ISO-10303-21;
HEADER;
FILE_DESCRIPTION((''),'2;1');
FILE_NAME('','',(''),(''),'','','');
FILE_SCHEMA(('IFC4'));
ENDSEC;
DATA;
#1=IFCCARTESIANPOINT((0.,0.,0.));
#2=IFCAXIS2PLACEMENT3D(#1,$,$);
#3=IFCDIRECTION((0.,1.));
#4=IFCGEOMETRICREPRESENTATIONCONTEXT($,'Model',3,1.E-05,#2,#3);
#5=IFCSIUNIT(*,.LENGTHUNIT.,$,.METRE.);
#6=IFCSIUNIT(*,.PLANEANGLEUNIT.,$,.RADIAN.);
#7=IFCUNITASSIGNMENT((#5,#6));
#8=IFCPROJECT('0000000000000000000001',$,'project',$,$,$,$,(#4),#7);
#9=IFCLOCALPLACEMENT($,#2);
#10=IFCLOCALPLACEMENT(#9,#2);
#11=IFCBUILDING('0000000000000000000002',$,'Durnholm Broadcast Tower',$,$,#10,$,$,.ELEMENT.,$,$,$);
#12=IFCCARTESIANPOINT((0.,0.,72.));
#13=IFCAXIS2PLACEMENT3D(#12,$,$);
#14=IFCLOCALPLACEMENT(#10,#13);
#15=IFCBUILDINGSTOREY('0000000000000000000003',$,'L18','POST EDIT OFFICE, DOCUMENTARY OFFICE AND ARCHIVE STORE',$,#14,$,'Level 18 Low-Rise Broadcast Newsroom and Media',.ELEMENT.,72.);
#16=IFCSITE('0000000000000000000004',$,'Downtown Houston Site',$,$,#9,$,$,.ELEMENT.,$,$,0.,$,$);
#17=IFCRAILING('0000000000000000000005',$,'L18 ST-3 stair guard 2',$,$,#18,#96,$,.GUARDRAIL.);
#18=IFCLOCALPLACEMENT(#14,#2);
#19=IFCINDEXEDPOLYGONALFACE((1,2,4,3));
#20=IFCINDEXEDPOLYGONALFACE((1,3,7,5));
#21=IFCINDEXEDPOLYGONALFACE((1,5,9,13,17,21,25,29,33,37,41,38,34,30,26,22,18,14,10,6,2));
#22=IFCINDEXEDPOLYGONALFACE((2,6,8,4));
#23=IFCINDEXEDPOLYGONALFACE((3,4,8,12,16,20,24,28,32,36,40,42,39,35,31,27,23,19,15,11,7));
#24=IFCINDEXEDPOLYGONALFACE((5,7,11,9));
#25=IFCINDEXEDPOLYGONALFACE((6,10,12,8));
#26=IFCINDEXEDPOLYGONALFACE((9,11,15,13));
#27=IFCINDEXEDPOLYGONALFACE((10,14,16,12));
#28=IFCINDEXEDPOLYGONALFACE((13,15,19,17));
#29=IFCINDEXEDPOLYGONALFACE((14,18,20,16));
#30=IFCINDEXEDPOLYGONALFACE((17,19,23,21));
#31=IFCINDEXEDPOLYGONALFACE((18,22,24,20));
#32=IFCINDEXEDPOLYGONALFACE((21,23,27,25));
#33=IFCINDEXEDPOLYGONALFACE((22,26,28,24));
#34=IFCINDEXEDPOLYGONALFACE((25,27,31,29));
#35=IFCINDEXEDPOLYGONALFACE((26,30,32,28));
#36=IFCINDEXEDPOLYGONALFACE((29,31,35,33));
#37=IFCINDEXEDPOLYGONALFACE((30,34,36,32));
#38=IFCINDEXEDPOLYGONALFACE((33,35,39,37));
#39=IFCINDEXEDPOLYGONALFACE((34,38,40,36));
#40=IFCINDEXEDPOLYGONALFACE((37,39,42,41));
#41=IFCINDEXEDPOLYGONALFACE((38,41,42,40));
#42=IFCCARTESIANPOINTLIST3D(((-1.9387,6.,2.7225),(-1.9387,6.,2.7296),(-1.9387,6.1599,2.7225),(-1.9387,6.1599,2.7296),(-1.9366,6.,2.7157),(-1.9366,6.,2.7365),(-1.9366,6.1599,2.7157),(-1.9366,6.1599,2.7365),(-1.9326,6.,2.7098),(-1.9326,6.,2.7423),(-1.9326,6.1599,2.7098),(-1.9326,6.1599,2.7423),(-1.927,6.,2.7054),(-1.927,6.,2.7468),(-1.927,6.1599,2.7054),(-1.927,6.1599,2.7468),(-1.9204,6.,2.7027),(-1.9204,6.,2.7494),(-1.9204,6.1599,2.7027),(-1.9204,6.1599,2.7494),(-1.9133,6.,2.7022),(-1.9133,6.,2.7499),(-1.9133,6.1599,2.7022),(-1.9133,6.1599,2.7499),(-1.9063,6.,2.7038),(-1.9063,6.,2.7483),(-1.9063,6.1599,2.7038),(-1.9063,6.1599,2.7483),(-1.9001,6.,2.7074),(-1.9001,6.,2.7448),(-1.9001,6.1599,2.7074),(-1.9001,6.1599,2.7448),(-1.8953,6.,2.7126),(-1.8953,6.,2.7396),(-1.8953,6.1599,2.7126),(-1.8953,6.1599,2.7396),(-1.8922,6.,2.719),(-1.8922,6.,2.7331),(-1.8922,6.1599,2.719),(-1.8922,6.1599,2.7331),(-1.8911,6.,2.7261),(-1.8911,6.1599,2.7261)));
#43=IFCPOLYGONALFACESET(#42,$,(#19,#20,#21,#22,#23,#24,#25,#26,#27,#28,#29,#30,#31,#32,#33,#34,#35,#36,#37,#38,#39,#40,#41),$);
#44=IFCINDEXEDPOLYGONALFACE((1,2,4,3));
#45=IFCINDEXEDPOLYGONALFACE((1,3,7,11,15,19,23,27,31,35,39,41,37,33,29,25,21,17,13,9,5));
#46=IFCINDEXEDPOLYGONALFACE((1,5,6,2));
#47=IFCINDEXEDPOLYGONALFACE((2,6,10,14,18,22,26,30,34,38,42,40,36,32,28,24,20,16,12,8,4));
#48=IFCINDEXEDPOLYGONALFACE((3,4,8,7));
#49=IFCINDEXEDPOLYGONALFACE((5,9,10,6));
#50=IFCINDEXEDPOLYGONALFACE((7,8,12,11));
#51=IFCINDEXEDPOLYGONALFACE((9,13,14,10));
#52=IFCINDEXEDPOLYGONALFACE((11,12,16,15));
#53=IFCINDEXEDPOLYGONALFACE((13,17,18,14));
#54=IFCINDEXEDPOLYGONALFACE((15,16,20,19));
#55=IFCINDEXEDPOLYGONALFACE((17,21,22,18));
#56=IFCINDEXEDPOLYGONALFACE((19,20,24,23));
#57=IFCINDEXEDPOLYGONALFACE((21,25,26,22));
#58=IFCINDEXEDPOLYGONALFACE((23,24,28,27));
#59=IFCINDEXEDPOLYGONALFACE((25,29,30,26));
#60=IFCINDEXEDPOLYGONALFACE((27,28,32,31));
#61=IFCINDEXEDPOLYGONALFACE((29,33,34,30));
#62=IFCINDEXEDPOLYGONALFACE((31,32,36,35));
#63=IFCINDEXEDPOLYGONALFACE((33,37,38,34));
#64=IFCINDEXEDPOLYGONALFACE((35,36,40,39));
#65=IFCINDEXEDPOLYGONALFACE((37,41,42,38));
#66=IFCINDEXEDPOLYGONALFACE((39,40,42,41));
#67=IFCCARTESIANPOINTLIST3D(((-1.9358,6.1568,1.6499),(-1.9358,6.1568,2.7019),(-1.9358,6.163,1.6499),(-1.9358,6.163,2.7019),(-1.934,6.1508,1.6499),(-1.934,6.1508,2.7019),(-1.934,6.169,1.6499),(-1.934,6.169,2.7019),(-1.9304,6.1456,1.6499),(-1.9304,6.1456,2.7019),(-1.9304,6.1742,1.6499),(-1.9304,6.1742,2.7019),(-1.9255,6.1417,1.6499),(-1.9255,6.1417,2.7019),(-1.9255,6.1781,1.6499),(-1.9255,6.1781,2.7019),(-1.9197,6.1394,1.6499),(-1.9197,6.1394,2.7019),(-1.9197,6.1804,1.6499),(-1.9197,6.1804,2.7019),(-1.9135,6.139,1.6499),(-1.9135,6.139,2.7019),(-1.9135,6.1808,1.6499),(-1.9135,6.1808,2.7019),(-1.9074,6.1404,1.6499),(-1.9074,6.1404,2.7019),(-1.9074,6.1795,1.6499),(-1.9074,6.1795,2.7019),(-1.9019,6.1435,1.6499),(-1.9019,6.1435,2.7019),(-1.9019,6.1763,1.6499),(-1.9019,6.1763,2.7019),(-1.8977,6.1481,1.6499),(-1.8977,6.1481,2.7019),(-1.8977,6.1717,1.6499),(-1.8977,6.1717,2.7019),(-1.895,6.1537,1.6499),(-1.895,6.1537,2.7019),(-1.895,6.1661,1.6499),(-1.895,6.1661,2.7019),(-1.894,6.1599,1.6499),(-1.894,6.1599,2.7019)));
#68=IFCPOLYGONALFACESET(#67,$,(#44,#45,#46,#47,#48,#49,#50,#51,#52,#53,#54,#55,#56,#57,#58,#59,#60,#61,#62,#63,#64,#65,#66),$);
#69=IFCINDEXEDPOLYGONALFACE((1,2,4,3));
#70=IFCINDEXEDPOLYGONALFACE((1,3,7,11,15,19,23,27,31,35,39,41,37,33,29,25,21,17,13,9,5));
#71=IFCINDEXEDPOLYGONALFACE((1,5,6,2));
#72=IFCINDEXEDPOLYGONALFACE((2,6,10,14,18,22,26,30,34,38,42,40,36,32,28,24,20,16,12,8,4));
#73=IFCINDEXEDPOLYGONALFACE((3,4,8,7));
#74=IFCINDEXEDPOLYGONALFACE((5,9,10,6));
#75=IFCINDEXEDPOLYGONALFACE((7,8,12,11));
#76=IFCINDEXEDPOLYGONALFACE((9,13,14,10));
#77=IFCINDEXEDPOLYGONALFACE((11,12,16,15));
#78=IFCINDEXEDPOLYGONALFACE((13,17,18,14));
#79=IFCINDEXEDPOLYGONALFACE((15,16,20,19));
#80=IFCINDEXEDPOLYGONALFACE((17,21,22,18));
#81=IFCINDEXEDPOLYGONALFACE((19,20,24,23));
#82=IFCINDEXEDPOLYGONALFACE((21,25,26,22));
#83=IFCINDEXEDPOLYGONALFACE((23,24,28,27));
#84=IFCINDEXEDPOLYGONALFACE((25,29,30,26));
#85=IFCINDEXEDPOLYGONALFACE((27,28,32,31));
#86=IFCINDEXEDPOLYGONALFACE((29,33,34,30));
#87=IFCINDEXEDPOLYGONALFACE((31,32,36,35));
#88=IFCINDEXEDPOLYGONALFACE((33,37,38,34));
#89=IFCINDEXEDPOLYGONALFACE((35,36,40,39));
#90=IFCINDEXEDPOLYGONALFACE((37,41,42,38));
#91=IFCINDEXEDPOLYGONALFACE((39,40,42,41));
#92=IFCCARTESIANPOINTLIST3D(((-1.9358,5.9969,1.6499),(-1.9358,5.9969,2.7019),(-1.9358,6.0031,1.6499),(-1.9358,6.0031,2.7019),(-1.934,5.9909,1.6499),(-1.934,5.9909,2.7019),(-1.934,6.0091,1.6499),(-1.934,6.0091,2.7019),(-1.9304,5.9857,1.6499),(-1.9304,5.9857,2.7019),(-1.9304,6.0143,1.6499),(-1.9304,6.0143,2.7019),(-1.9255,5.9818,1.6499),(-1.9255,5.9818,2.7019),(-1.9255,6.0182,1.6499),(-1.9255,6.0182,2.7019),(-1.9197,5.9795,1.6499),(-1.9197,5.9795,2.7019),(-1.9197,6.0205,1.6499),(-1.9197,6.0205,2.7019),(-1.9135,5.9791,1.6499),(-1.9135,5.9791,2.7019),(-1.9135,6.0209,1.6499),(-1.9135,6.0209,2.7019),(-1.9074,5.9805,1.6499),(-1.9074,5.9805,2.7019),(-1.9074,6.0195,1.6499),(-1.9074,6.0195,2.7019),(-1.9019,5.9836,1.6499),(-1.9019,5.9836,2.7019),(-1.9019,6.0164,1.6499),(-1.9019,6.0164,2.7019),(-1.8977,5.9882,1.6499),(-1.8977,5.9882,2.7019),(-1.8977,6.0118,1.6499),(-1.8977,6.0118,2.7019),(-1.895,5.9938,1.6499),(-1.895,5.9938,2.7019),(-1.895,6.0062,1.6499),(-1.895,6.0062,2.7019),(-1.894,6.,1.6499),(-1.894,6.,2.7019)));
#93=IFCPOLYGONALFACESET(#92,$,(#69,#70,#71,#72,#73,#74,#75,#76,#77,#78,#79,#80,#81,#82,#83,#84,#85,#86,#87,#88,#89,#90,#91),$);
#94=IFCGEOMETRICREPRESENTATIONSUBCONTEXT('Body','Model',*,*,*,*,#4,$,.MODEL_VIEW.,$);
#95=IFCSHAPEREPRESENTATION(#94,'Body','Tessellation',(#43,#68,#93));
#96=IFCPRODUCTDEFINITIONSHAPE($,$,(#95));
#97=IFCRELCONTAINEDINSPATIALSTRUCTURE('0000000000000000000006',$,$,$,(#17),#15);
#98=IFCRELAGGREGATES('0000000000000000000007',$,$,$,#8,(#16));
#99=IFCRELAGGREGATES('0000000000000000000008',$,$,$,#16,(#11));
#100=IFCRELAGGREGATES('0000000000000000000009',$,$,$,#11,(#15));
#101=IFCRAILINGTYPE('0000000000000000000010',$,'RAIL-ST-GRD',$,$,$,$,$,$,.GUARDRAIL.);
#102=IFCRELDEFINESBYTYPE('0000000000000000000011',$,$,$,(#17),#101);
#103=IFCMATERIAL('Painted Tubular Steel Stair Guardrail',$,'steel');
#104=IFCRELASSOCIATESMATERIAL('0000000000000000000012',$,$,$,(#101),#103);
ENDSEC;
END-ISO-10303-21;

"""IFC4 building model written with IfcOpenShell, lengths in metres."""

from ifc_helpers import new_model, si_unit, direction, frame, origin, origin_2d, place, context, subcontext, project, spatial, circle, extrude, material, type_object, element, save


model = new_model("IFC4")

# Units and contexts
model_context = context("Model", 3, precision=1e-05, world=origin(), true_north=direction((0.0, 1.0)))
body_context = subcontext(model_context, "Body", "Model", "MODEL_VIEW")
ifc_project = project(units=[si_unit("LENGTHUNIT", "METRE"), si_unit("PLANEANGLEUNIT", "RADIAN")], contexts=[model_context])

# Site, building, storey
site_placement = place(None, origin())
site = spatial("IfcSite", under=ifc_project, at=site_placement, Name="Downtown Houston Site", CompositionType="ELEMENT", RefElevation=0.0)
building_placement = place(site_placement, origin())
building = spatial("IfcBuilding", under=site, at=building_placement, Name="Durnholm Broadcast Tower", CompositionType="ELEMENT")
storey_placement = place(building_placement, frame((0.0, 0.0, 72.0)))
storey = spatial("IfcBuildingStorey", under=building, at=storey_placement, Name="L18", Description="POST EDIT OFFICE, DOCUMENTARY OFFICE AND ARCHIVE STORE", LongName="Level 18 Low-Rise Broadcast Newsroom and Media", CompositionType="ELEMENT", Elevation=72.0)

# Railing
ifc_material_1 = material(Name="Painted Tubular Steel Stair Guardrail", Category="steel")
railing_type_1 = type_object("IfcRailingType", Name="RAIL-ST-GRD", PredefinedType="GUARDRAIL", material=ifc_material_1)
railing_1_placement = place(storey_placement, frame((-1.915, 6.1599, 1.6499)))
element("IfcRailing", 1, at=railing_1_placement, inside=storey, type_object=railing_type_1, Name="L18 ST-3 stair guard 2", PredefinedType="GUARDRAIL", context=body_context, shape_type="SweptSolid", body=[
    extrude(circle(Radius=0.0239, at=origin_2d()), frame((0.0, 0.0, 1.0762), z_axis=(0.0, -1.0, 0.0), x_axis=(1.0, 0.0, 0.0)), (0.0, 0.0, 1.0), 0.1599),
    extrude(circle(Radius=0.021, at=origin_2d()), origin(), (0.0, 0.0, 1.0), 1.052),
    extrude(circle(Radius=0.021, at=origin_2d()), frame((0.0, -0.1599, 0.0)), (0.0, 0.0, 1.0), 1.052),
])

save(model, "model.ifc")
